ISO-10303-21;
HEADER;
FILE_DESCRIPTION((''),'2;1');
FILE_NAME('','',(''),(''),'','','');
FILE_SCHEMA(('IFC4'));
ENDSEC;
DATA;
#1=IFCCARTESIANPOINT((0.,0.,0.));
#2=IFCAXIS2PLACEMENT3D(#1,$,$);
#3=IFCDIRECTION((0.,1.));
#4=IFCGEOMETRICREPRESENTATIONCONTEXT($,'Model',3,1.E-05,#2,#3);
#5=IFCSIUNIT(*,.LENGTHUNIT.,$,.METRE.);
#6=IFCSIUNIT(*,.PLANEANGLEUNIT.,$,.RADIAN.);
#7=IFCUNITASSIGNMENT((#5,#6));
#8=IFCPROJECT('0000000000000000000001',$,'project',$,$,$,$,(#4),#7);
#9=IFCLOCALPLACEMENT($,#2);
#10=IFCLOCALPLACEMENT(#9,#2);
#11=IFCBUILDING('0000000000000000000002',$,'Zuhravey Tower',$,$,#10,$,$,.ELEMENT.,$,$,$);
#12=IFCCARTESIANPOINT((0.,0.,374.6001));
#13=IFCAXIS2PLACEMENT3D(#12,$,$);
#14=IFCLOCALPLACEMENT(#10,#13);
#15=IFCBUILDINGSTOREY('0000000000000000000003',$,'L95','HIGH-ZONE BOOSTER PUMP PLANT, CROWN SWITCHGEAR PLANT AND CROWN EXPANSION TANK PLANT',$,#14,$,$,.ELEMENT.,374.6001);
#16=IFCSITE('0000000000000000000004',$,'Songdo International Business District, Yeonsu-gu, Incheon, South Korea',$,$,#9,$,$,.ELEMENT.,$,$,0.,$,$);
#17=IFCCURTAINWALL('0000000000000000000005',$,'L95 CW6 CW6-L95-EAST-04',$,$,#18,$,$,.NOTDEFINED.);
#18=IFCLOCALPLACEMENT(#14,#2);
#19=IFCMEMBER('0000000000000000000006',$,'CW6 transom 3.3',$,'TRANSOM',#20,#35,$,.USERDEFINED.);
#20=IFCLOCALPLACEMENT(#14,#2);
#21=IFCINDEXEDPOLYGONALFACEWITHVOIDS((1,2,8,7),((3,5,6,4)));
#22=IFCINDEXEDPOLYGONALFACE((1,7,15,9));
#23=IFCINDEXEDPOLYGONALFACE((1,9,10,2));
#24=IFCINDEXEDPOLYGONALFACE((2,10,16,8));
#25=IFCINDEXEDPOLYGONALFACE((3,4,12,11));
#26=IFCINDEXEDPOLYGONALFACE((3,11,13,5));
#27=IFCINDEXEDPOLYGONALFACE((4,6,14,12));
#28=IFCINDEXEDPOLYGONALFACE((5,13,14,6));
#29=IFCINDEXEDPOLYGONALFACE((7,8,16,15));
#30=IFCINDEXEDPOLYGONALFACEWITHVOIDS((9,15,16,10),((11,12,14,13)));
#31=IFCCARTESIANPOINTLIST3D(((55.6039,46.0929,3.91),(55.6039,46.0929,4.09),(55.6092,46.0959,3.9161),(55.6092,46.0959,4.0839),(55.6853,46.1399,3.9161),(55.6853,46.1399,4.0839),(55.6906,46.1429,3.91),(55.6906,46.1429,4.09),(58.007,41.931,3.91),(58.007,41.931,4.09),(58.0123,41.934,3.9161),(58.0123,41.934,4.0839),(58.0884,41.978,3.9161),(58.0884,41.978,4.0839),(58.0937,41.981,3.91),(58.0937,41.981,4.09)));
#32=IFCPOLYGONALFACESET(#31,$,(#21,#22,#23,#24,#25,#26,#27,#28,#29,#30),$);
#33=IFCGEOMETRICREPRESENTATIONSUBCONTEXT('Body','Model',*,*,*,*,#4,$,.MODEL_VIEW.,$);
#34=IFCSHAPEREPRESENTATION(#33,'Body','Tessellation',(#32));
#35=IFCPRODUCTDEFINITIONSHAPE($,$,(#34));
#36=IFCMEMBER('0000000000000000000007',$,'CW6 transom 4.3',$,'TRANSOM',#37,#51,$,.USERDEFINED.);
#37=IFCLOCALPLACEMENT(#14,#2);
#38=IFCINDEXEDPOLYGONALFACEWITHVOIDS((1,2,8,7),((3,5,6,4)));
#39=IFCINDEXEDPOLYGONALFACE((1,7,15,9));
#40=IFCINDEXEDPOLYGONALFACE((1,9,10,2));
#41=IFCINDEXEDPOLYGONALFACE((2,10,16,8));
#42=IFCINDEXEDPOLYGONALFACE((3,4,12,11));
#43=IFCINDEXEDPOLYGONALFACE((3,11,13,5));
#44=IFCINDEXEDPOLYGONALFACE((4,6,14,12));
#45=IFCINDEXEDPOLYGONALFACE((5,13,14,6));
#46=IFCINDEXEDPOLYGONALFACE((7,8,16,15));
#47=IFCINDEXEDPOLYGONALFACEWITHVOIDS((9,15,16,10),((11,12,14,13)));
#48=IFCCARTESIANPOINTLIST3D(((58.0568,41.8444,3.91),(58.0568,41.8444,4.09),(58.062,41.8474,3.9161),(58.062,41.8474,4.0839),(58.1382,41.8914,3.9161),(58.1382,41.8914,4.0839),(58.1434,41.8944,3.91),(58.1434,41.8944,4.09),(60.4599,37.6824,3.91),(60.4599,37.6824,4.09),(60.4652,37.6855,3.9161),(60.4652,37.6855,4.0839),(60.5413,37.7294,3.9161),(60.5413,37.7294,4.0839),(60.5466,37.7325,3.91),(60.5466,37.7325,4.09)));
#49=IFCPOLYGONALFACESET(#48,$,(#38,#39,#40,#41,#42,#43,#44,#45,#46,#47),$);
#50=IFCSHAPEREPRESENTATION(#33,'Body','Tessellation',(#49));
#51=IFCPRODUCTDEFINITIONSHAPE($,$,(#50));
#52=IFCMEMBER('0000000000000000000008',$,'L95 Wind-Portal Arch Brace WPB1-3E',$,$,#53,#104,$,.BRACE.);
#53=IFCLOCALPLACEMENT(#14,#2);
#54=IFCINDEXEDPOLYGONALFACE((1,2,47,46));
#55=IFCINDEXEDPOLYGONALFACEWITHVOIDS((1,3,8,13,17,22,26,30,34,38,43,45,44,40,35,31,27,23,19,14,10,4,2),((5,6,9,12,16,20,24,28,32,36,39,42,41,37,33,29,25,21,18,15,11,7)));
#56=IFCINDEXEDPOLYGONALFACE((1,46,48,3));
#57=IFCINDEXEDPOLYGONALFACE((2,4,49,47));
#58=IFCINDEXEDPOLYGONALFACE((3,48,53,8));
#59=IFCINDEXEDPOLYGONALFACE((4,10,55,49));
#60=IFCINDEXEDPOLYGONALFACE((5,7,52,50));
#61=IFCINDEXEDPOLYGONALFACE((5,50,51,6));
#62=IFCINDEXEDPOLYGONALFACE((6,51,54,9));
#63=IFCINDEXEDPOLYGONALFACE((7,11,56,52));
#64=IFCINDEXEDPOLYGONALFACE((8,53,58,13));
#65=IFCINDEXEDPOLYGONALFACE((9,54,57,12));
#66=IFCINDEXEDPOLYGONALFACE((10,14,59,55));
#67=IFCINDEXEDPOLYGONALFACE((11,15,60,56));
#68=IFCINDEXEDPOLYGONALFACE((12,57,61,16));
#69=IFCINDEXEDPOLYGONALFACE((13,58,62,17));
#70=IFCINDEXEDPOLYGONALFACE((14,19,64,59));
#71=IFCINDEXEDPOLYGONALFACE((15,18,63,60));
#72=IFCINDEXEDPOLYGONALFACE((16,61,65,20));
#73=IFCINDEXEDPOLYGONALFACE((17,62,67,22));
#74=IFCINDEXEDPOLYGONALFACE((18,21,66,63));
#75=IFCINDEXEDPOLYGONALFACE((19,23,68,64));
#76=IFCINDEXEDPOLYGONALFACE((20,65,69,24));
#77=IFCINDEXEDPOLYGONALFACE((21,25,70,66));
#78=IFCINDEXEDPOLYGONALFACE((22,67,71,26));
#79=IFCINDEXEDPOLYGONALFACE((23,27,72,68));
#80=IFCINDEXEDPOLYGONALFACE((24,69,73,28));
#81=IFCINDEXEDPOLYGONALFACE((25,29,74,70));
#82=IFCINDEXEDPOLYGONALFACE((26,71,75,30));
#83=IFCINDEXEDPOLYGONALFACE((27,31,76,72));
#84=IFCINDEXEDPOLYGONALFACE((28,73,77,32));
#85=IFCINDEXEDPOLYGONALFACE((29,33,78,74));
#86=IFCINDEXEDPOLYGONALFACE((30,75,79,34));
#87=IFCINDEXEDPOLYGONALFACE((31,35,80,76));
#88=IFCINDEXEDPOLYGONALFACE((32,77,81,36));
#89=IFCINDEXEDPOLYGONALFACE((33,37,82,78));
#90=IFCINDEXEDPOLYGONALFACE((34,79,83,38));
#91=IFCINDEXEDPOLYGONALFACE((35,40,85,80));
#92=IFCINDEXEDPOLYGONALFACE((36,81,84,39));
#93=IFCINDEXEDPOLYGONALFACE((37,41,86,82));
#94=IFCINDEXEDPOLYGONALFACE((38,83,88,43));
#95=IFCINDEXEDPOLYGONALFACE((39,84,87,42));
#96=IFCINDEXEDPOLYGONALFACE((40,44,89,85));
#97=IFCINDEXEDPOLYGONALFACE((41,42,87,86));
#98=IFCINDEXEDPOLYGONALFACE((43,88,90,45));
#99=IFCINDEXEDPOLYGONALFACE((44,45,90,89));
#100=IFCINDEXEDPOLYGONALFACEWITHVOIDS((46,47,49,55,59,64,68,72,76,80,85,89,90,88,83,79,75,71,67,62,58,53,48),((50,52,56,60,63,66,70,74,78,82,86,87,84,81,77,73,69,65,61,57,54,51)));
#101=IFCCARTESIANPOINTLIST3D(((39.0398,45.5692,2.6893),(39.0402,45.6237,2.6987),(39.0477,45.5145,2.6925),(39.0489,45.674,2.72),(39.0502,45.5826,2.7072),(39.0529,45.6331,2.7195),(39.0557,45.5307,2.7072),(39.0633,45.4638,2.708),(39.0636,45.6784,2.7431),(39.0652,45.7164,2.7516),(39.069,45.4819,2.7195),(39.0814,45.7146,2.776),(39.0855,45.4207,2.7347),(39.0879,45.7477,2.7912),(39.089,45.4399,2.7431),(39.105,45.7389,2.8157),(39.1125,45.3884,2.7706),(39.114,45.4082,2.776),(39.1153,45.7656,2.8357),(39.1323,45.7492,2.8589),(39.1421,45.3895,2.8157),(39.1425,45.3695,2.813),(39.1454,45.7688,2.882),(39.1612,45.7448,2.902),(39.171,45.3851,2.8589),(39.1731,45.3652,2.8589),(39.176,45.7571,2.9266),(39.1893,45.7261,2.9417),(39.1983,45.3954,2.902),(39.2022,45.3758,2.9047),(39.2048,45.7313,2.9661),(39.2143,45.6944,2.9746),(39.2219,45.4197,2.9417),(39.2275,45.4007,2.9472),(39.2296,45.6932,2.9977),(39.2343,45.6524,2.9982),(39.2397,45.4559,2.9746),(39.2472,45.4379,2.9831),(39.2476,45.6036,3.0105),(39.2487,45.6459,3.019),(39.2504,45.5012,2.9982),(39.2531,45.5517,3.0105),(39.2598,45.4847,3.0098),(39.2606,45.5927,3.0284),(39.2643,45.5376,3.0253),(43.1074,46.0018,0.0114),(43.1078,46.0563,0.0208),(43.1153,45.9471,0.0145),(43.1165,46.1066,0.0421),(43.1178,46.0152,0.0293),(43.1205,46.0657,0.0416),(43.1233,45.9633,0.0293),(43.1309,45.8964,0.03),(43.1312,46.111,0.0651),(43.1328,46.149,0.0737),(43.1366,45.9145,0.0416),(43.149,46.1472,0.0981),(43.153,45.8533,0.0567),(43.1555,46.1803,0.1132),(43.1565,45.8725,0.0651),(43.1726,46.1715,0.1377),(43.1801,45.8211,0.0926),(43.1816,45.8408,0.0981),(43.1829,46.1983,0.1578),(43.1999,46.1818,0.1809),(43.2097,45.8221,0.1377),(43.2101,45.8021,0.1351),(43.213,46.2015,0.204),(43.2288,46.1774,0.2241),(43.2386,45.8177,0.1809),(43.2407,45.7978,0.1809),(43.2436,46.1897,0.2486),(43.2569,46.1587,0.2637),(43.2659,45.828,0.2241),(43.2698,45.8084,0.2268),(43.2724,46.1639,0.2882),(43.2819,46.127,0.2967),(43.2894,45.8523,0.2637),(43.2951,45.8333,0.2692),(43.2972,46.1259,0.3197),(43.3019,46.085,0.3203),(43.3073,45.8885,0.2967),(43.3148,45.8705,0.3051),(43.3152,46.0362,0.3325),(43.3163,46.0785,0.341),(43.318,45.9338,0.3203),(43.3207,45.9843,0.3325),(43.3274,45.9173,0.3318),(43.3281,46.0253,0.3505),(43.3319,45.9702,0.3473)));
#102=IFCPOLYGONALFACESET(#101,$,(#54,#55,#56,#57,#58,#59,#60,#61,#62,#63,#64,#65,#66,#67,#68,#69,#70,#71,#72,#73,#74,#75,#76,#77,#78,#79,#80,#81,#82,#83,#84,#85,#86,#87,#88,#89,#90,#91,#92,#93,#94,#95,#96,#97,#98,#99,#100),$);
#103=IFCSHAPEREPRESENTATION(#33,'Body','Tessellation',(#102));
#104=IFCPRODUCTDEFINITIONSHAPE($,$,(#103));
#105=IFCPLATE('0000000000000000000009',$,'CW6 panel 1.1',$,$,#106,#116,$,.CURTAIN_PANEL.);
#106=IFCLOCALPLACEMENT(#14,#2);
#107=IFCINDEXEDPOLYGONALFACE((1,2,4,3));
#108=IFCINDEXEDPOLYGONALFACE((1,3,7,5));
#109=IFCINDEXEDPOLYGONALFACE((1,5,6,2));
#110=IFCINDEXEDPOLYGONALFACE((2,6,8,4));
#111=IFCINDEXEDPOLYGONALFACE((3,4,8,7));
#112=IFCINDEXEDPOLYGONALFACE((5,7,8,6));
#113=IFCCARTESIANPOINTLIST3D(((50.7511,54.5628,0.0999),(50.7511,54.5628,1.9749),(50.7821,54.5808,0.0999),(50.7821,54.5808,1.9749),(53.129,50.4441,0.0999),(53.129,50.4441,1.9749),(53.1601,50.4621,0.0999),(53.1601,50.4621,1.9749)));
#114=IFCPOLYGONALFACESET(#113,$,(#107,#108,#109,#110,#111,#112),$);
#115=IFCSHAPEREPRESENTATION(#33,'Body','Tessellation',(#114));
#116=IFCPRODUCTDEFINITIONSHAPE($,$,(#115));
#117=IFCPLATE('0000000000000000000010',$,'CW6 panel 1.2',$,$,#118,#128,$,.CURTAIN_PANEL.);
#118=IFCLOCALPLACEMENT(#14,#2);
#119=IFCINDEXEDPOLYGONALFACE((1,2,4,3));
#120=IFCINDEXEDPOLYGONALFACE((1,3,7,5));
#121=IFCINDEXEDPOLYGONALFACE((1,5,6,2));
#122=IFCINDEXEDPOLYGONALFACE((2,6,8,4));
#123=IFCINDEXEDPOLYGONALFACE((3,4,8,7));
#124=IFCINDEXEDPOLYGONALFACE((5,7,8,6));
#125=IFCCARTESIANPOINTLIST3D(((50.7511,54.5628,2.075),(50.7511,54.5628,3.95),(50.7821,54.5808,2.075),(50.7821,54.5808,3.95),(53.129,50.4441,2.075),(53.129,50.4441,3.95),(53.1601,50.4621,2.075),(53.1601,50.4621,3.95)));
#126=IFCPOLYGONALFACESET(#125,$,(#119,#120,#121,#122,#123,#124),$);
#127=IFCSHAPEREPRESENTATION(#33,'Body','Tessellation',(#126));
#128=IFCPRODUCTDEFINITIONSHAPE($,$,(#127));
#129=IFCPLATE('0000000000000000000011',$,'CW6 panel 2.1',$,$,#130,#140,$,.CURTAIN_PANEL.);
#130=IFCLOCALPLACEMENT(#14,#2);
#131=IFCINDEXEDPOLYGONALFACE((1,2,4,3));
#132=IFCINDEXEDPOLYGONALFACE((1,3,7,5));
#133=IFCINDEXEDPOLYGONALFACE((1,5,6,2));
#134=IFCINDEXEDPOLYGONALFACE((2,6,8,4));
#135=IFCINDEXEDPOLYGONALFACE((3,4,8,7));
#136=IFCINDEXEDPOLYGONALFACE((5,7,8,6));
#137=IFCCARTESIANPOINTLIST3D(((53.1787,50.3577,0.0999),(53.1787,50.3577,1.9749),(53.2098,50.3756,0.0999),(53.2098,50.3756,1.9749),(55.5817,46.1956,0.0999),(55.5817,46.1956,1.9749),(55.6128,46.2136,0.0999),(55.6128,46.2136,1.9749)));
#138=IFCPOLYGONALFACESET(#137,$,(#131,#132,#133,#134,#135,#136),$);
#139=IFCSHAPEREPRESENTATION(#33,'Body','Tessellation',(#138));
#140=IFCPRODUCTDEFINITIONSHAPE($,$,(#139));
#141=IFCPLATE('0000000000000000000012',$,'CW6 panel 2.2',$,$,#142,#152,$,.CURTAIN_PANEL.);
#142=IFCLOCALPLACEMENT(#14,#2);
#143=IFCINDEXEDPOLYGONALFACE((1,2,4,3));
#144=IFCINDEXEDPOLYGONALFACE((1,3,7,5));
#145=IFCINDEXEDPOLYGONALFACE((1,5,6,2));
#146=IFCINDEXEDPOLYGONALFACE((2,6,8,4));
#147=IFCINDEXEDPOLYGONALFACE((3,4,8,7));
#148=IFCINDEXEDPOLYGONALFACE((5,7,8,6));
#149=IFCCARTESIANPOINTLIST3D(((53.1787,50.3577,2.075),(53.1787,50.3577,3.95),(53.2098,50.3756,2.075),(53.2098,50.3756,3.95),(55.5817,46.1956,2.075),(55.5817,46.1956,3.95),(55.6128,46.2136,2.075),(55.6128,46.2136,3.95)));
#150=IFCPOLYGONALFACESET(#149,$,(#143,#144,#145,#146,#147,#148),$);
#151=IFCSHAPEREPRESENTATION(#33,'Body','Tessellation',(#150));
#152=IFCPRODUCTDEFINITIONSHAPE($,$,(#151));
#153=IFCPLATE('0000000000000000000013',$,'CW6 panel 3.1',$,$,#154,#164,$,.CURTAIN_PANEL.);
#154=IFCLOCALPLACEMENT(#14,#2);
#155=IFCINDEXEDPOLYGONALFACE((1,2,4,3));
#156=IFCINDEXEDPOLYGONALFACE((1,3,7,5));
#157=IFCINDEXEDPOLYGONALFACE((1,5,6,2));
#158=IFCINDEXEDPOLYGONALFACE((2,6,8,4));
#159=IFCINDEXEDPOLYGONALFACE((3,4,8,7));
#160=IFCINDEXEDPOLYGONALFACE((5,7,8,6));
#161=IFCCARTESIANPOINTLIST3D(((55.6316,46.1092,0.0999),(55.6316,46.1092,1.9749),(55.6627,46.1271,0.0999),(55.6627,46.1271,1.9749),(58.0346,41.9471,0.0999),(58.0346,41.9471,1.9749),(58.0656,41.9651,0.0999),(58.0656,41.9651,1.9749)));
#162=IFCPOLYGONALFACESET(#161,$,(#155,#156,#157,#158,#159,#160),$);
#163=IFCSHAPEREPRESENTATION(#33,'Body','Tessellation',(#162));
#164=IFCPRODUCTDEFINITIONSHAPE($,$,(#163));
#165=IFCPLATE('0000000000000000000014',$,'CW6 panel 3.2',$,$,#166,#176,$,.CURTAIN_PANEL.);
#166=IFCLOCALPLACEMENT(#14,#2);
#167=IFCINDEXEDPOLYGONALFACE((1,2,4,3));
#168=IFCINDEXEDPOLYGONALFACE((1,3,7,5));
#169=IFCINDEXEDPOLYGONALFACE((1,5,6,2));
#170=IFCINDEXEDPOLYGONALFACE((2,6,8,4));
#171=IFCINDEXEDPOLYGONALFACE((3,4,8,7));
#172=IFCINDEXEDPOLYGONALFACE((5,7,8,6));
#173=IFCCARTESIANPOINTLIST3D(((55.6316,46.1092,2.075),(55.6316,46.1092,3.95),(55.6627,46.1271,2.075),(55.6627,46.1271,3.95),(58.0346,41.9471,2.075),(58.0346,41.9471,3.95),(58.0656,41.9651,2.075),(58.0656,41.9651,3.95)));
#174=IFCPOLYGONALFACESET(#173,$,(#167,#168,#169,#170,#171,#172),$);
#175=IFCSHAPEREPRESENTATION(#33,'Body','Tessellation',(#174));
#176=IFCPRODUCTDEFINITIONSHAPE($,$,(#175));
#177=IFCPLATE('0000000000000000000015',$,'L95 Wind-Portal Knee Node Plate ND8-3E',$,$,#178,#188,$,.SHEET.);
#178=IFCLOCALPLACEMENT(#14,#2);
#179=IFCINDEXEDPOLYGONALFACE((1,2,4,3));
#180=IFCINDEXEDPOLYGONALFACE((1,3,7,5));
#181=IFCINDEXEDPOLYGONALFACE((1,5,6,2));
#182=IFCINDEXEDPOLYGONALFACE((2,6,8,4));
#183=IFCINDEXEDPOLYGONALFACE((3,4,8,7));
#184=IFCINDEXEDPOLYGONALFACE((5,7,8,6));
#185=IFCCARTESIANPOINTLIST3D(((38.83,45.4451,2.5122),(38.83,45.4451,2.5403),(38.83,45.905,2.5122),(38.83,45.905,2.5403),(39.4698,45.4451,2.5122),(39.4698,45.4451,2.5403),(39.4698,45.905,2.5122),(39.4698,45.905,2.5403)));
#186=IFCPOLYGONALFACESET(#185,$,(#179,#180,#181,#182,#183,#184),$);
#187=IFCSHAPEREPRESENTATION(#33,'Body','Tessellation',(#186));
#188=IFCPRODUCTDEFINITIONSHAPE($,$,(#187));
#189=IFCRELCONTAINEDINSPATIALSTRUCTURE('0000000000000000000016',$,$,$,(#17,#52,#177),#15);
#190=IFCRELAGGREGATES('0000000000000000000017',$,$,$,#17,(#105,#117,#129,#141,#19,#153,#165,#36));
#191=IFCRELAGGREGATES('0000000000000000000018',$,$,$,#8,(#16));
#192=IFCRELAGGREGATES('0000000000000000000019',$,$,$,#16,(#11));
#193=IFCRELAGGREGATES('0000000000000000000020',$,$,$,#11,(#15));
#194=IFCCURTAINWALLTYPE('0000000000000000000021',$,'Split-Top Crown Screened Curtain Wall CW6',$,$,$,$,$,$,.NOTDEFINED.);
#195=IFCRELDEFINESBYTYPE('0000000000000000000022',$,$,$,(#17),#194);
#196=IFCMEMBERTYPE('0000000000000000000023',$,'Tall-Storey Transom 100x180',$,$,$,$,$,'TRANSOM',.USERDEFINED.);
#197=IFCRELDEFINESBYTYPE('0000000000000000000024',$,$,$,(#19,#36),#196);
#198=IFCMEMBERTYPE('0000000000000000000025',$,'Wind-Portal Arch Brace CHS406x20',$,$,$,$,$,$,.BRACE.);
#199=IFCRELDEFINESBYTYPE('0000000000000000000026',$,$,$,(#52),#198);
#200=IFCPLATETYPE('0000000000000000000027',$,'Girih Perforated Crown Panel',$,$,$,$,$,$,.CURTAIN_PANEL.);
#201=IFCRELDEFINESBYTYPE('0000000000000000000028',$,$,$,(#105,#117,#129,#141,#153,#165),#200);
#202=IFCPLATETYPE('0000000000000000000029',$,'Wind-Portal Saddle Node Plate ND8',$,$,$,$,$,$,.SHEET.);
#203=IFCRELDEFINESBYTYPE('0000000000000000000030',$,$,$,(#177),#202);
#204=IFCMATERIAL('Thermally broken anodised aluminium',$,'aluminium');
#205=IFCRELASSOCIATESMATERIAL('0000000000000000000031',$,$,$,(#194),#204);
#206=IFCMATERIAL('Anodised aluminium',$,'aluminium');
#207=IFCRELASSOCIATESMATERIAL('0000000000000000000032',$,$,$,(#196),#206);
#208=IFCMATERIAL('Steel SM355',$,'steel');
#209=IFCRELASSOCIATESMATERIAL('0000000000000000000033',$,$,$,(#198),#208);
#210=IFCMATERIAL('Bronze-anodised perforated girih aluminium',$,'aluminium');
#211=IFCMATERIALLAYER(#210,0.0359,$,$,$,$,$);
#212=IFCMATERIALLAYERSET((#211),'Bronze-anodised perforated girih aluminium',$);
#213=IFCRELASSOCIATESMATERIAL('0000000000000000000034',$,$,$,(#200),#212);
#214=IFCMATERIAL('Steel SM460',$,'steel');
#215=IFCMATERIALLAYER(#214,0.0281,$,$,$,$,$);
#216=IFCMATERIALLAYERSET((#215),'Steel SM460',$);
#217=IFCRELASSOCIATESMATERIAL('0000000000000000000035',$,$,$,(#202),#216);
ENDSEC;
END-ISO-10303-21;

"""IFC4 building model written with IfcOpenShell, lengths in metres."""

from ifc_helpers import new_model, si_unit, direction, frame, origin, origin_2d, place, context, subcontext, project, spatial, rectangle, hollow_rectangle, hollow_circle, extrude, material, layer, layer_set, material_profile, profile_set, type_object, element, aggregate, save


model = new_model("IFC4")

# Units and contexts
model_context = context("Model", 3, precision=1e-05, world=origin(), true_north=direction((0.0, 1.0)))
body_context = subcontext(model_context, "Body", "Model", "MODEL_VIEW")
ifc_project = project(units=[si_unit("LENGTHUNIT", "METRE"), si_unit("PLANEANGLEUNIT", "RADIAN")], contexts=[model_context])

# Site, building, storey
site_placement = place(None, origin())
site = spatial("IfcSite", under=ifc_project, at=site_placement, Name="Songdo International Business District, Yeonsu-gu, Incheon, South Korea", CompositionType="ELEMENT", RefElevation=0.0)
building_placement = place(site_placement, origin())
building = spatial("IfcBuilding", under=site, at=building_placement, Name="Zuhravey Tower", CompositionType="ELEMENT")
storey_placement = place(building_placement, frame((0.0, 0.0, 374.6001)))
storey = spatial("IfcBuildingStorey", under=building, at=storey_placement, Name="L95", Description="HIGH-ZONE BOOSTER PUMP PLANT, CROWN SWITCHGEAR PLANT AND CROWN EXPANSION TANK PLANT", CompositionType="ELEMENT", Elevation=374.6001)

# Shared definitions
ifc_material_1 = material(Name="Steel SM355", Category="steel")

# Curtain wall
ifc_material_2 = material(Name="Thermally broken anodised aluminium", Category="aluminium")
curtain_wall_type = type_object("IfcCurtainWallType", Name="Split-Top Crown Screened Curtain Wall CW6", PredefinedType="NOTDEFINED", material=ifc_material_2)
curtain_wall_placement = place(storey_placement, origin())
curtain_wall = element("IfcCurtainWall", 1, at=curtain_wall_placement, inside=storey, type_object=curtain_wall_type, Name="L95 CW6 CW6-L95-EAST-04", PredefinedType="NOTDEFINED")
ifc_material_3 = material(Name="Anodised aluminium", Category="aluminium")

# Members
ifc_material_profile_1 = material_profile(ifc_material_3, hollow_rectangle(XDim=0.1001, YDim=0.1799, WallThickness=0.0061, at=origin_2d()), Name="ALU-RHS-100x180x6")
ifc_profile_set_1 = profile_set([ifc_material_profile_1], Name="Anodised aluminium")
member_type_1 = type_object("IfcMemberType", Name="Tall-Storey Transom 100x180", ElementType="TRANSOM", PredefinedType="USERDEFINED", material=ifc_profile_set_1)
member_1_placement = place(storey_placement, frame((55.6472, 46.1179, 4.0), z_axis=(0.500035, -0.866005, 0.0), x_axis=(0.866005, 0.500035, 0.0)))
member_1 = element("IfcMember", 2, at=member_1_placement, type_object=member_type_1, Name="CW6 transom 3.3", ObjectType="TRANSOM", PredefinedType="USERDEFINED", context=body_context, shape_type="SweptSolid", body=[
    extrude(hollow_rectangle(XDim=0.1001, YDim=0.1799, WallThickness=0.0061, at=origin_2d()), origin(), (0.0, 0.0, 1.0), 4.8059),
])
member_2_placement = place(storey_placement, frame((58.1001, 41.8694, 4.0), z_axis=(0.500035, -0.866005, 0.0), x_axis=(0.866005, 0.500035, 0.0)))
member_2 = element("IfcMember", 3, at=member_2_placement, type_object=member_type_1, Name="CW6 transom 4.3", ObjectType="TRANSOM", PredefinedType="USERDEFINED", context=body_context, shape_type="SweptSolid", body=[
    extrude(hollow_rectangle(XDim=0.1001, YDim=0.1799, WallThickness=0.0061, at=origin_2d()), origin(), (0.0, 0.0, 1.0), 4.8059),
])
ifc_material_profile_2 = material_profile(ifc_material_1, hollow_circle(Radius=0.2031, WallThickness=0.02, at=origin_2d()), Name="CHS-406.4x20")
ifc_profile_set_2 = profile_set([ifc_material_profile_2], Name="Steel SM355")
member_type_2 = type_object("IfcMemberType", Name="Wind-Portal Arch Brace CHS406x20", PredefinedType="BRACE", material=ifc_profile_set_2)
member_3_placement = place(storey_placement, frame((43.2192, 45.9998, 0.1809), z_axis=(-0.831961, -0.088484, 0.547733), x_axis=(0.10576, -0.994392, 0.0)))
element("IfcMember", 4, at=member_3_placement, inside=storey, type_object=member_type_2, Name="L95 Wind-Portal Arch Brace WPB1-3E", PredefinedType="BRACE", context=body_context, shape_type="SweptSolid", body=[
    extrude(hollow_circle(Radius=0.2031, WallThickness=0.02, at=origin_2d()), origin(), (0.0, 0.0, 1.0), 4.8892),
])

# Plates
ifc_material_4 = material(Name="Bronze-anodised perforated girih aluminium", Category="aluminium")
ifc_layer_1 = layer(ifc_material_4, 0.0359)
ifc_layer_set_1 = layer_set([ifc_layer_1], Name="Bronze-anodised perforated girih aluminium")
plate_type_1 = type_object("IfcPlateType", Name="Girih Perforated Crown Panel", PredefinedType="CURTAIN_PANEL", material=ifc_layer_set_1)
plate_1_placement = place(storey_placement, frame((51.9556, 52.5125, 0.0999), z_axis=(0.0, 0.0, 1.0), x_axis=(0.499997, -0.866027, 0.0)))
plate_1 = element("IfcPlate", 5, at=plate_1_placement, type_object=plate_type_1, Name="CW6 panel 1.1", PredefinedType="CURTAIN_PANEL", context=body_context, shape_type="SweptSolid", body=[
    extrude(rectangle(XDim=4.7559, YDim=0.0359, at=origin_2d()), origin(), (0.0, 0.0, 1.0), 1.875),
])
plate_2_placement = place(storey_placement, frame((51.9556, 52.5125, 2.075), z_axis=(0.0, 0.0, 1.0), x_axis=(0.499997, -0.866027, 0.0)))
plate_2 = element("IfcPlate", 6, at=plate_2_placement, type_object=plate_type_1, Name="CW6 panel 1.2", PredefinedType="CURTAIN_PANEL", context=body_context, shape_type="SweptSolid", body=[
    extrude(rectangle(XDim=4.7559, YDim=0.0359, at=origin_2d()), origin(), (0.0, 0.0, 1.0), 1.875),
])
plate_3_placement = place(storey_placement, frame((54.3958, 48.2856, 0.0999), z_axis=(0.0, 0.0, 1.0), x_axis=(0.499997, -0.866027, 0.0)))
plate_3 = element("IfcPlate", 7, at=plate_3_placement, type_object=plate_type_1, Name="CW6 panel 2.1", PredefinedType="CURTAIN_PANEL", context=body_context, shape_type="SweptSolid", body=[
    extrude(rectangle(XDim=4.8059, YDim=0.0359, at=origin_2d()), origin(), (0.0, 0.0, 1.0), 1.875),
])
plate_4_placement = place(storey_placement, frame((54.3958, 48.2856, 2.075), z_axis=(0.0, 0.0, 1.0), x_axis=(0.499997, -0.866027, 0.0)))
plate_4 = element("IfcPlate", 8, at=plate_4_placement, type_object=plate_type_1, Name="CW6 panel 2.2", PredefinedType="CURTAIN_PANEL", context=body_context, shape_type="SweptSolid", body=[
    extrude(rectangle(XDim=4.8059, YDim=0.0359, at=origin_2d()), origin(), (0.0, 0.0, 1.0), 1.875),
])
plate_5_placement = place(storey_placement, frame((56.8486, 44.0371, 0.0999), z_axis=(0.0, 0.0, 1.0), x_axis=(0.499997, -0.866027, 0.0)))
plate_5 = element("IfcPlate", 9, at=plate_5_placement, type_object=plate_type_1, Name="CW6 panel 3.1", PredefinedType="CURTAIN_PANEL", context=body_context, shape_type="SweptSolid", body=[
    extrude(rectangle(XDim=4.8059, YDim=0.0359, at=origin_2d()), origin(), (0.0, 0.0, 1.0), 1.875),
])
plate_6_placement = place(storey_placement, frame((56.8486, 44.0371, 2.075), z_axis=(0.0, 0.0, 1.0), x_axis=(0.499997, -0.866027, 0.0)))
plate_6 = element("IfcPlate", 10, at=plate_6_placement, type_object=plate_type_1, Name="CW6 panel 3.2", PredefinedType="CURTAIN_PANEL", context=body_context, shape_type="SweptSolid", body=[
    extrude(rectangle(XDim=4.8059, YDim=0.0359, at=origin_2d()), origin(), (0.0, 0.0, 1.0), 1.875),
])
aggregate(curtain_wall, [plate_1, plate_2, plate_3, plate_4, member_1, plate_5, plate_6, member_2])
ifc_material_5 = material(Name="Steel SM460", Category="steel")
ifc_layer_2 = layer(ifc_material_5, 0.0281)
ifc_layer_set_2 = layer_set([ifc_layer_2], Name="Steel SM460")
plate_type_2 = type_object("IfcPlateType", Name="Wind-Portal Saddle Node Plate ND8", PredefinedType="SHEET", material=ifc_layer_set_2)
plate_7_placement = place(storey_placement, frame((39.1499, 45.675, 2.5122), z_axis=(0.0, 0.0, 1.0), x_axis=(1.0, 0.0, 0.0)))
element("IfcPlate", 11, at=plate_7_placement, inside=storey, type_object=plate_type_2, Name="L95 Wind-Portal Knee Node Plate ND8-3E", PredefinedType="SHEET", context=body_context, shape_type="SweptSolid", body=[
    extrude(rectangle(XDim=0.6399, YDim=0.46, at=origin_2d()), origin(), (0.0, 0.0, 1.0), 0.0281),
])

save(model, "model.ifc")
